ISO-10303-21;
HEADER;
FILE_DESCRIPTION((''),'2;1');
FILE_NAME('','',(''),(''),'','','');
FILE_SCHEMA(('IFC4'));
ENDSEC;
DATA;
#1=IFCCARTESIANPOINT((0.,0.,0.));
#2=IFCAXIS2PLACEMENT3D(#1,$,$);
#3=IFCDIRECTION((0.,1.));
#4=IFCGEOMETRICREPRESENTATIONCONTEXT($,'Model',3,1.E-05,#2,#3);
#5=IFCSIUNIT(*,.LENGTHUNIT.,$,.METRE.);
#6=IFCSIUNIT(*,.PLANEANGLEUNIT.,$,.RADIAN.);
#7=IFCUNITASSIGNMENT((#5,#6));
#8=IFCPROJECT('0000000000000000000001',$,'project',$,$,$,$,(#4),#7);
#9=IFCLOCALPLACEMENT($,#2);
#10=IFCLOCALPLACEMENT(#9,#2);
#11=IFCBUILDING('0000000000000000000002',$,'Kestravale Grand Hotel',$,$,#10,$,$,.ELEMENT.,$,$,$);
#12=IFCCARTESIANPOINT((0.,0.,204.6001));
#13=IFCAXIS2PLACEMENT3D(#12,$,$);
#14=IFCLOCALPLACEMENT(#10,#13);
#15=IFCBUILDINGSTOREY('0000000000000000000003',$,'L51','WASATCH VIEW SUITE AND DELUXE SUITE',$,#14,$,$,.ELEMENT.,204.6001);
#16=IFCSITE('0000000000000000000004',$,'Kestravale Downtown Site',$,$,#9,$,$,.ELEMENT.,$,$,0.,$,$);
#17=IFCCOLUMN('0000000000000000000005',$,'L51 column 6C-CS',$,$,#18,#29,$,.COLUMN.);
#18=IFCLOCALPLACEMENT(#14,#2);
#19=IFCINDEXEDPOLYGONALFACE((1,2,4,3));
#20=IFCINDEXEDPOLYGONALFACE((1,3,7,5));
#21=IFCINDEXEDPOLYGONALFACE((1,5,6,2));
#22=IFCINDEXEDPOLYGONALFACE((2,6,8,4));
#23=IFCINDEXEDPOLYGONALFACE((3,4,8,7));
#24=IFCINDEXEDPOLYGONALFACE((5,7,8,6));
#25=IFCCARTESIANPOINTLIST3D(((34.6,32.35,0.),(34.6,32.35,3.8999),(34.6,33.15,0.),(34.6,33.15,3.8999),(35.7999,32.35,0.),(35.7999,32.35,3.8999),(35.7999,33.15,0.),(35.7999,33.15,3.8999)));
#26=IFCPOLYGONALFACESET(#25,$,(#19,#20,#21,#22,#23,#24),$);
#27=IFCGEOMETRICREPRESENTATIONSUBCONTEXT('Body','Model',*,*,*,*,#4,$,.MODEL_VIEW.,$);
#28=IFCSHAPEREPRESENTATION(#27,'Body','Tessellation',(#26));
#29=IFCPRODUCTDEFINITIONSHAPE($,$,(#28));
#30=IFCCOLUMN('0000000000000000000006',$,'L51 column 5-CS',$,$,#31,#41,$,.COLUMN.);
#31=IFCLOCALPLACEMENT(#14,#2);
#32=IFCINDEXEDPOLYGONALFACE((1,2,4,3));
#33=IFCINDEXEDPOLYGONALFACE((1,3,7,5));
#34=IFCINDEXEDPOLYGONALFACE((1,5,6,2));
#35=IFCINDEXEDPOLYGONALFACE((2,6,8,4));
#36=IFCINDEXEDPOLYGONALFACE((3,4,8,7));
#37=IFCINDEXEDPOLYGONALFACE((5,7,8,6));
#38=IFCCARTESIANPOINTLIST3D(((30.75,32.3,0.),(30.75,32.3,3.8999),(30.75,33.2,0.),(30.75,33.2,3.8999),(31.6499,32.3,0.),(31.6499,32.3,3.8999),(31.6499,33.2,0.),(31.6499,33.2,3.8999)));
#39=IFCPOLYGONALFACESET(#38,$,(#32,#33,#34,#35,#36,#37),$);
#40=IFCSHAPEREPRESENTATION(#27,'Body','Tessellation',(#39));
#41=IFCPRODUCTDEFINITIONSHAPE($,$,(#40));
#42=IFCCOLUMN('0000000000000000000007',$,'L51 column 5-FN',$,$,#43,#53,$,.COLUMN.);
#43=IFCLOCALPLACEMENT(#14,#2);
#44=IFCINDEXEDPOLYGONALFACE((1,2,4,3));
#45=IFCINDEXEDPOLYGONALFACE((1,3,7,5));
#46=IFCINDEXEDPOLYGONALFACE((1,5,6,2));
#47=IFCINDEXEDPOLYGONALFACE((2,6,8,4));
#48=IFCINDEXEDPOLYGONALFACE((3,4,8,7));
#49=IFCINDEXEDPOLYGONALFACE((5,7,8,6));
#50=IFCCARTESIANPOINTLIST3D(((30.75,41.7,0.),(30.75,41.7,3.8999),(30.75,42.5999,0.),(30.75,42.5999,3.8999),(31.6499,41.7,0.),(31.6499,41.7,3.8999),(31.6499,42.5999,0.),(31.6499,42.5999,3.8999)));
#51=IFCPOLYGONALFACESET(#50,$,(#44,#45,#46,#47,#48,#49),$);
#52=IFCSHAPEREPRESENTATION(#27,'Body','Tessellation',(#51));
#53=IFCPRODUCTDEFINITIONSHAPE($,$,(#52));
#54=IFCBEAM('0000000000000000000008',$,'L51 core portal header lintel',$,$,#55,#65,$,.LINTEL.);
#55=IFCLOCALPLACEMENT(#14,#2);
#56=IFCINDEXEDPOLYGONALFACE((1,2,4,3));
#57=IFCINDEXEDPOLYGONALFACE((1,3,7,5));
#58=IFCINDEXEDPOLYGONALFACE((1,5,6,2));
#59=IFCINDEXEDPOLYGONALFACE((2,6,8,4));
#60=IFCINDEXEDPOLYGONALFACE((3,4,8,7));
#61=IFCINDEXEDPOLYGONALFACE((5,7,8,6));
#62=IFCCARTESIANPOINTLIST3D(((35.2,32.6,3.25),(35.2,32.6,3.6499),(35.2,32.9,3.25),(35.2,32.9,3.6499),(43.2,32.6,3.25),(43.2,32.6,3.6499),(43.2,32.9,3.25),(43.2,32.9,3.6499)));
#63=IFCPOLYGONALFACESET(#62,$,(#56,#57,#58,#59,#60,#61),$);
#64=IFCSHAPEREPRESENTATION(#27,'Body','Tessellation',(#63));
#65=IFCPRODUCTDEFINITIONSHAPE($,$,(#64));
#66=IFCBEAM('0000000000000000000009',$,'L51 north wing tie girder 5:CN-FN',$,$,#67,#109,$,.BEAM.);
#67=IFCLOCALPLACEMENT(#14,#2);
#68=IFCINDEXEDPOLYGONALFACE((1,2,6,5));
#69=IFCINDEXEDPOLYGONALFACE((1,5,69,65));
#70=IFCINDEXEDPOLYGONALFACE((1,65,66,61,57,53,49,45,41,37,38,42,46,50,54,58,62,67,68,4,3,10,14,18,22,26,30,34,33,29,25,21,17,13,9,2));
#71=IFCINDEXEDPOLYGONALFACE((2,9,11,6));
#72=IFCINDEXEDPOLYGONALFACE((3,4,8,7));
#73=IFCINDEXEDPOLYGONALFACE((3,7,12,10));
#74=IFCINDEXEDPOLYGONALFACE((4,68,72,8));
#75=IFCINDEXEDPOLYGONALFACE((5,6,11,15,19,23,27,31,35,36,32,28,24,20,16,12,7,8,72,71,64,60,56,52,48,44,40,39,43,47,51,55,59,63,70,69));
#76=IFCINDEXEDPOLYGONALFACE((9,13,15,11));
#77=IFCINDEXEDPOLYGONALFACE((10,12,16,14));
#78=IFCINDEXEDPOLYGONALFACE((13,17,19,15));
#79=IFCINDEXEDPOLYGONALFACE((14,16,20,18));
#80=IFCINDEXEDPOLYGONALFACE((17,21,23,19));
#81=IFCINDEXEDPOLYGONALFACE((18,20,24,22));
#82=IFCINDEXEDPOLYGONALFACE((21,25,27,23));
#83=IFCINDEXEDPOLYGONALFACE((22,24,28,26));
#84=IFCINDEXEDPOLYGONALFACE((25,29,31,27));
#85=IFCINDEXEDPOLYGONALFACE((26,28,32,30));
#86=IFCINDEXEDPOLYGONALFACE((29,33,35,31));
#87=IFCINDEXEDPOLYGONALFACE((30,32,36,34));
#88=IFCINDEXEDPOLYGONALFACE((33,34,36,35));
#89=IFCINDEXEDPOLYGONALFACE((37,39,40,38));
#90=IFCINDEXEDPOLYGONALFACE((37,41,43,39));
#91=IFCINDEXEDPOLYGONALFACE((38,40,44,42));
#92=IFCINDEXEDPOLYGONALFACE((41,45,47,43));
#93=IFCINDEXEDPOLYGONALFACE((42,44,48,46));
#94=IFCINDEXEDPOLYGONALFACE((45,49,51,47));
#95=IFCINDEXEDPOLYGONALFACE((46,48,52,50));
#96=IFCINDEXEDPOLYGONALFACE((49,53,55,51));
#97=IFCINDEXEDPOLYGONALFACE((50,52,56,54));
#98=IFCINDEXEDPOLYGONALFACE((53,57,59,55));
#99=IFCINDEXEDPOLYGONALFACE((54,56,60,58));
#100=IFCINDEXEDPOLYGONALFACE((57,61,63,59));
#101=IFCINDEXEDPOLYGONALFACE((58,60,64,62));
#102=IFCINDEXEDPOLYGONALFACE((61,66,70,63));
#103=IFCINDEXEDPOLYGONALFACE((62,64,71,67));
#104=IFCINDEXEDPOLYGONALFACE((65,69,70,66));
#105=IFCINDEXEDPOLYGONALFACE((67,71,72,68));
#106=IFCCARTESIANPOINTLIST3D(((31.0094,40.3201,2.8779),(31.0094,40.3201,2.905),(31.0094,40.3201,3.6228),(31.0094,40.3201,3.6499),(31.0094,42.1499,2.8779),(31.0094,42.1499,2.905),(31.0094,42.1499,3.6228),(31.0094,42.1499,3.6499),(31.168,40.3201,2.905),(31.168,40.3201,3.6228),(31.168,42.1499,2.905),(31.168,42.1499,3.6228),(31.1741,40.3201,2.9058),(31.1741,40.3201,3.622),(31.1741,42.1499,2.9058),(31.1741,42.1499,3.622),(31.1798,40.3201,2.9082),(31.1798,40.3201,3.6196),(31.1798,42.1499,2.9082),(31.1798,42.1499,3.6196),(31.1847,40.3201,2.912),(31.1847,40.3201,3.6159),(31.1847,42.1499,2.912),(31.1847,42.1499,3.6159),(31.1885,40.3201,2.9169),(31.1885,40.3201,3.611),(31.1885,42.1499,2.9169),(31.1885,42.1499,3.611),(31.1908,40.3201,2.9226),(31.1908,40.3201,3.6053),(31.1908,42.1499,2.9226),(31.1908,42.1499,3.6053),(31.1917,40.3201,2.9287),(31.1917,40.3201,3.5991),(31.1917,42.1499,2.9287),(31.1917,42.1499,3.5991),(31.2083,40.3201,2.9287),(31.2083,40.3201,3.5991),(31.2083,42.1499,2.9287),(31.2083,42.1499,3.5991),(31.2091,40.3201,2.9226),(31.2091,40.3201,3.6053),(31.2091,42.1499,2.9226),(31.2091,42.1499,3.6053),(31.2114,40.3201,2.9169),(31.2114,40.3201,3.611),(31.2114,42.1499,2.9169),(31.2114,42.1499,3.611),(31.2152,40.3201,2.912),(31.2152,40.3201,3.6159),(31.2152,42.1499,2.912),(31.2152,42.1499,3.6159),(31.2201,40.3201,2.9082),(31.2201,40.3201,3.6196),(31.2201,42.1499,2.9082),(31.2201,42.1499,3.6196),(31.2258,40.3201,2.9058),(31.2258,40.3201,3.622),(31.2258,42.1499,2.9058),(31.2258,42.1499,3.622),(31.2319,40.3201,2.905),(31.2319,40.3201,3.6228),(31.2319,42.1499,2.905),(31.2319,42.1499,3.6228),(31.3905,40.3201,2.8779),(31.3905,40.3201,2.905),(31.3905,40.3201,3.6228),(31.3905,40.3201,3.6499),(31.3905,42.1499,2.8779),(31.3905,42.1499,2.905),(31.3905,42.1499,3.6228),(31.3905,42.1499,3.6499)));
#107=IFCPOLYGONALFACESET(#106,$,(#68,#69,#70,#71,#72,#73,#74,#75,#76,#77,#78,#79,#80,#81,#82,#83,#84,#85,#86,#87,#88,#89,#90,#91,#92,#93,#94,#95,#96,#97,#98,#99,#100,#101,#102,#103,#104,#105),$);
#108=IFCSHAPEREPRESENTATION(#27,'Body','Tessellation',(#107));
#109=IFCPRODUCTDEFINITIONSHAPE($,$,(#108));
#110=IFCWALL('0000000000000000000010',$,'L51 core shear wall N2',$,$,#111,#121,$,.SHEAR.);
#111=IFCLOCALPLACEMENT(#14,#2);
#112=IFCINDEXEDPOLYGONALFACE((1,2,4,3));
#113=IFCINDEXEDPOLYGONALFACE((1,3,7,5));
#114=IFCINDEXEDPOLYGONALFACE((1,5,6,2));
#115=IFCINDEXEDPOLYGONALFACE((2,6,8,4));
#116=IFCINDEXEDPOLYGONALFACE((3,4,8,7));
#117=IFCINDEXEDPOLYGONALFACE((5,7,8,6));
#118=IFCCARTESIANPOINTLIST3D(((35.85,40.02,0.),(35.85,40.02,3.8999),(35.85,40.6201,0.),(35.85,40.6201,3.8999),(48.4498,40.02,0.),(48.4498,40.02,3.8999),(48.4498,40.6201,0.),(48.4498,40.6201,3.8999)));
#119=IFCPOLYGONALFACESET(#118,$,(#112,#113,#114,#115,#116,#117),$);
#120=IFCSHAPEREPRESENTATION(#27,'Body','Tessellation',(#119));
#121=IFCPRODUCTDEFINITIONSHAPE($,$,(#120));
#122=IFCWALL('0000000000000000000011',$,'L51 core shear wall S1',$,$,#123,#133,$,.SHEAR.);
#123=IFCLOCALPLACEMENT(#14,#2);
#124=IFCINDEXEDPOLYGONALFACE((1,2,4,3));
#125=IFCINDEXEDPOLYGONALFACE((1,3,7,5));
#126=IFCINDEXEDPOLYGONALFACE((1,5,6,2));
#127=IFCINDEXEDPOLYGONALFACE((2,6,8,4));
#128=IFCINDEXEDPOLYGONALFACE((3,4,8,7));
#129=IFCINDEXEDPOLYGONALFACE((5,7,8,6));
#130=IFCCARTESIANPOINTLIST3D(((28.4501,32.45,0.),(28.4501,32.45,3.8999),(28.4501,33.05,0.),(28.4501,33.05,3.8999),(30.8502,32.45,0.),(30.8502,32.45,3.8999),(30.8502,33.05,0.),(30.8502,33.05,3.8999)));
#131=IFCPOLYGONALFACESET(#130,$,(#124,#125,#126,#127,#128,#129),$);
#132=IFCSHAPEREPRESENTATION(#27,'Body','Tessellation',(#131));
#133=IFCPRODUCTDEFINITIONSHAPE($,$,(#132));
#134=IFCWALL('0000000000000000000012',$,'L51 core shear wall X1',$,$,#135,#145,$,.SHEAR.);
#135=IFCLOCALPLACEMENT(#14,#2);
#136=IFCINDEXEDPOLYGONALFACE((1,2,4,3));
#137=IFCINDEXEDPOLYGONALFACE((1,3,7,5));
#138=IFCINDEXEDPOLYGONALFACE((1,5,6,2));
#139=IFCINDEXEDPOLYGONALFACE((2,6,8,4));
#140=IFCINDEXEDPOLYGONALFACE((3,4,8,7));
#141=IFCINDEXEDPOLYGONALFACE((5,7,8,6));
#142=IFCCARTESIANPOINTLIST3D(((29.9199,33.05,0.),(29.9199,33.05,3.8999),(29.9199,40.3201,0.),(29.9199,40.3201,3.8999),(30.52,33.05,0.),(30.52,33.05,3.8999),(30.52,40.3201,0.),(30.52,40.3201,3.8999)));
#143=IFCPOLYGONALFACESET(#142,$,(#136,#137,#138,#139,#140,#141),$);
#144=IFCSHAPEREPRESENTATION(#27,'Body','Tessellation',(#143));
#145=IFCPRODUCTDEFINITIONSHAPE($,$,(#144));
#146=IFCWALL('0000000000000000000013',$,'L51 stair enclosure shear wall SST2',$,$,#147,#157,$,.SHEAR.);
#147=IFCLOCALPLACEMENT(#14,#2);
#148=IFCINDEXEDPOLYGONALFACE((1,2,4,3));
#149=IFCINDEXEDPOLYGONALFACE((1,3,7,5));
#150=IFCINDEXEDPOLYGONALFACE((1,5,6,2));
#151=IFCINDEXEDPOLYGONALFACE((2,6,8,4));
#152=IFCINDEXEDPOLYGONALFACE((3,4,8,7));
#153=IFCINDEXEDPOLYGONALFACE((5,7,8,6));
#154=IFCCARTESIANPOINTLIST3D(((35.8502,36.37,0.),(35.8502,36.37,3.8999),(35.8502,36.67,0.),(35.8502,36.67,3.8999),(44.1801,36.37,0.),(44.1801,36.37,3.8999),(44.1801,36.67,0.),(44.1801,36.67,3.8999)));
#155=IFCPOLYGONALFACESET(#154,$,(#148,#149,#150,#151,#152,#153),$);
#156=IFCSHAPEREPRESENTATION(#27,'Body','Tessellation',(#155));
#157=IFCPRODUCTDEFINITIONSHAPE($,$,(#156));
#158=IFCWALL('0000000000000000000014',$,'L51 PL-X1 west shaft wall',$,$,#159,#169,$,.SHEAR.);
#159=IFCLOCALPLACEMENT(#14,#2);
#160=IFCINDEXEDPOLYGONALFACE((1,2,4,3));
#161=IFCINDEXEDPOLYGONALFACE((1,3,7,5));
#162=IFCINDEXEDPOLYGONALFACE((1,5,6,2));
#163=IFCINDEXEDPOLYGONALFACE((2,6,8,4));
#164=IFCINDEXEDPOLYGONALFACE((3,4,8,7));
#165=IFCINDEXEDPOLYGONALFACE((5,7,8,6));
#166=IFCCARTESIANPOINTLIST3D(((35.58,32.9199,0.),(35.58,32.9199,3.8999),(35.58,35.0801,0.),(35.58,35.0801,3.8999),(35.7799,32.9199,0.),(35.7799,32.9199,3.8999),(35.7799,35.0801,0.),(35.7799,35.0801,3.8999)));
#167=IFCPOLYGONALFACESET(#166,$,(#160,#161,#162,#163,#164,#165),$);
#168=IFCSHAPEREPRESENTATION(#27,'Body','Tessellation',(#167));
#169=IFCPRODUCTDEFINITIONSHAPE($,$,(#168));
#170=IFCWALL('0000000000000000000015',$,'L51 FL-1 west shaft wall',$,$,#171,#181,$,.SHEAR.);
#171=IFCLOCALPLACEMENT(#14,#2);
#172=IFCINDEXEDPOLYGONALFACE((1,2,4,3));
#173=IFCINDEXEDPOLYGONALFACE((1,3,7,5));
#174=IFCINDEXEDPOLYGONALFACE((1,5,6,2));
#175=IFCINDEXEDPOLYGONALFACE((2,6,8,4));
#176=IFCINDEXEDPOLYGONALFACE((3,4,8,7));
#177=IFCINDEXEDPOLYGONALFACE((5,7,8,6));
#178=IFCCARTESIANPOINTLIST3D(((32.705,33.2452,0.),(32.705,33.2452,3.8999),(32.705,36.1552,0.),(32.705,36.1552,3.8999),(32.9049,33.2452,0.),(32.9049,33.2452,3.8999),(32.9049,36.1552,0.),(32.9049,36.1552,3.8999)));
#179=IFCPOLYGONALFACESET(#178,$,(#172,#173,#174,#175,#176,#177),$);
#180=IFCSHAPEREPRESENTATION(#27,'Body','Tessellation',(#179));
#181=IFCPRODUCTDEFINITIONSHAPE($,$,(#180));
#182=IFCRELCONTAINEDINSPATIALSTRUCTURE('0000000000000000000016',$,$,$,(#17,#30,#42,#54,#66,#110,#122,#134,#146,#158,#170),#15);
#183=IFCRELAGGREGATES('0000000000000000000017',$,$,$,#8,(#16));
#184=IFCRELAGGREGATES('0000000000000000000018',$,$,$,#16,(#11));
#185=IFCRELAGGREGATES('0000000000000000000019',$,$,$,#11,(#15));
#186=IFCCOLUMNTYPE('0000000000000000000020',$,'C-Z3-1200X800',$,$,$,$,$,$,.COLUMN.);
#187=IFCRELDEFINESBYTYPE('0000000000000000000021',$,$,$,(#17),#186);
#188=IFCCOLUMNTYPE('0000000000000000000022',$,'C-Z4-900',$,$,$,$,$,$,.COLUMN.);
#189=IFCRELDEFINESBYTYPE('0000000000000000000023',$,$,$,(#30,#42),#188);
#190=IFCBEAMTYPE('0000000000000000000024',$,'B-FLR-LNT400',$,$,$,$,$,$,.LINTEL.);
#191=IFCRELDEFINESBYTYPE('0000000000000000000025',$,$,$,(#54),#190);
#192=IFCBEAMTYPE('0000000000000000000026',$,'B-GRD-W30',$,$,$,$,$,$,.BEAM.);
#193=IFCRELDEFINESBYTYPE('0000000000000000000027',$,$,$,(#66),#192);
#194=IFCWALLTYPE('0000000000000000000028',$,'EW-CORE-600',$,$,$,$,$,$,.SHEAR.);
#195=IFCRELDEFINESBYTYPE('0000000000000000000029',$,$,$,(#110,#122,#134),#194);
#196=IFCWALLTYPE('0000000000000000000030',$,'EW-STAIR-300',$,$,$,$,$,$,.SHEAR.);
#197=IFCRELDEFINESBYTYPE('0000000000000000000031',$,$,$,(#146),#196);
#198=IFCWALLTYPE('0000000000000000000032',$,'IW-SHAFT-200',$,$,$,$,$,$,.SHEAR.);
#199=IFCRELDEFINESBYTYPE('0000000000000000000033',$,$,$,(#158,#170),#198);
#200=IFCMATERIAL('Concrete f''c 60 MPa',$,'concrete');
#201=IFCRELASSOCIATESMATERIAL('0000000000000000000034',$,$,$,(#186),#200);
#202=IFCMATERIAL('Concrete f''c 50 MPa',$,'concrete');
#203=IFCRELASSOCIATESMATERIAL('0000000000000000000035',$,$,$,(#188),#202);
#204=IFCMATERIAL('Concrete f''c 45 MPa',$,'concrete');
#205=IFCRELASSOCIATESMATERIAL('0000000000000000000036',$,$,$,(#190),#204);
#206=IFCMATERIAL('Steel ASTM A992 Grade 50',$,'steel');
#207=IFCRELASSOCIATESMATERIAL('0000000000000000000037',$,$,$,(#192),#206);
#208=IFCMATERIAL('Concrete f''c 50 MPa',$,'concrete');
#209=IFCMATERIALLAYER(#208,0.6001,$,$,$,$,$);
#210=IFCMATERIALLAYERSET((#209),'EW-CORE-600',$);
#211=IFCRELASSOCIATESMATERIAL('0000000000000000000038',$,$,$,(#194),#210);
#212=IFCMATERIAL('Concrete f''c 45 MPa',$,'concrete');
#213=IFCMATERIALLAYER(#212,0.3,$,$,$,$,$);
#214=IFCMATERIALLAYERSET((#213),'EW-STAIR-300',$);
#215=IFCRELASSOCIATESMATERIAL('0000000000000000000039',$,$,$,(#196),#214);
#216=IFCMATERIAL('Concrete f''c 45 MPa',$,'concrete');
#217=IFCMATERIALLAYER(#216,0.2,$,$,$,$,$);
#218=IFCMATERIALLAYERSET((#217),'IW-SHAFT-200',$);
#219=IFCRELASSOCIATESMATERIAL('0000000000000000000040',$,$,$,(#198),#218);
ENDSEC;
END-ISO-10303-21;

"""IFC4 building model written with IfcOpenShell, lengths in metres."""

from ifc_helpers import new_model, si_unit, direction, frame, frame_2d, origin, origin_2d, place, context, subcontext, project, spatial, rectangle, i_section, extrude, material, layer, layer_set, material_profile, profile_set, type_object, element, save


model = new_model("IFC4")

# Units and contexts
model_context = context("Model", 3, precision=1e-05, world=origin(), true_north=direction((0.0, 1.0)))
body_context = subcontext(model_context, "Body", "Model", "MODEL_VIEW")
ifc_project = project(units=[si_unit("LENGTHUNIT", "METRE"), si_unit("PLANEANGLEUNIT", "RADIAN")], contexts=[model_context])

# Site, building, storey
site_placement = place(None, origin())
site = spatial("IfcSite", under=ifc_project, at=site_placement, Name="Kestravale Downtown Site", CompositionType="ELEMENT", RefElevation=0.0)
building_placement = place(site_placement, origin())
building = spatial("IfcBuilding", under=site, at=building_placement, Name="Kestravale Grand Hotel", CompositionType="ELEMENT")
storey_placement = place(building_placement, frame((0.0, 0.0, 204.6001)))
storey = spatial("IfcBuildingStorey", under=building, at=storey_placement, Name="L51", Description="WASATCH VIEW SUITE AND DELUXE SUITE", CompositionType="ELEMENT", Elevation=204.6001)

# Columns
ifc_material_1 = material(Name="Concrete f'c 60 MPa", Category="concrete")
ifc_material_profile_1 = material_profile(ifc_material_1, rectangle(XDim=1.2, YDim=0.8, at=origin_2d()))
ifc_profile_set_1 = profile_set([ifc_material_profile_1], Name="Concrete f'c 60 MPa")
column_type_1 = type_object("IfcColumnType", Name="C-Z3-1200X800", PredefinedType="COLUMN", material=ifc_profile_set_1)
column_placement = place(storey_placement, frame((35.2, 32.75, 0.0), z_axis=(0.0, 0.0, 1.0), x_axis=(1.0, 0.0, 0.0)))
element("IfcColumn", 1, at=column_placement, inside=storey, type_object=column_type_1, Name="L51 column 6C-CS", PredefinedType="COLUMN", context=body_context, shape_type="SweptSolid", body=[
    extrude(rectangle(XDim=1.2, YDim=0.8, at=origin_2d()), origin(), (0.0, 0.0, 1.0), 3.8999),
])
ifc_material_2 = material(Name="Concrete f'c 50 MPa", Category="concrete")
ifc_material_profile_2 = material_profile(ifc_material_2, rectangle(XDim=0.8999, YDim=0.8999, at=origin_2d()))
ifc_profile_set_2 = profile_set([ifc_material_profile_2], Name="Concrete f'c 50 MPa")
column_type_2 = type_object("IfcColumnType", Name="C-Z4-900", PredefinedType="COLUMN", material=ifc_profile_set_2)
for number, where, z_axis, x_axis, name in (
    (2, (31.2, 32.75, 0.0), (0.0, 0.0, 1.0), (1.0, 0.0, 0.0), "L51 column 5-CS"),
    (3, (31.2, 42.1499, 0.0), (0.0, 0.0, 1.0), (1.0, 0.0, 0.0), "L51 column 5-FN"),
):
    element("IfcColumn", number, at=place(storey_placement, frame(where, z_axis=z_axis, x_axis=x_axis)), inside=storey, type_object=column_type_2, Name=name, PredefinedType="COLUMN", context=body_context, shape_type="SweptSolid", body=[
        extrude(rectangle(XDim=0.8999, YDim=0.8999, at=origin_2d()), origin(), (0.0, 0.0, 1.0), 3.8999),
    ])

# Beams
ifc_material_3 = material(Name="Concrete f'c 45 MPa", Category="concrete")
ifc_material_profile_3 = material_profile(ifc_material_3, rectangle(XDim=0.3, YDim=0.3999, at=origin_2d()))
ifc_profile_set_3 = profile_set([ifc_material_profile_3], Name="Concrete f'c 45 MPa")
beam_type_1 = type_object("IfcBeamType", Name="B-FLR-LNT400", PredefinedType="LINTEL", material=ifc_profile_set_3)
beam_1_placement = place(storey_placement, frame((35.2, 32.75, 3.45), z_axis=(1.0, 0.0, 0.0), x_axis=(0.0, 1.0, 0.0)))
element("IfcBeam", 4, at=beam_1_placement, inside=storey, type_object=beam_type_1, Name="L51 core portal header lintel", PredefinedType="LINTEL", context=body_context, shape_type="SweptSolid", body=[
    extrude(rectangle(XDim=0.3, YDim=0.3999, at=origin_2d()), origin(), (0.0, 0.0, 1.0), 8.0),
])
ifc_material_4 = material(Name="Steel ASTM A992 Grade 50", Category="steel")
ifc_material_profile_4 = material_profile(ifc_material_4, i_section(OverallWidth=0.3811, OverallDepth=0.772, WebThickness=0.0166, FlangeThickness=0.0271, FilletRadius=0.0237, at=origin_2d()))
ifc_profile_set_4 = profile_set([ifc_material_profile_4], Name="Steel ASTM A992 Grade 50")
beam_type_2 = type_object("IfcBeamType", Name="B-GRD-W30", PredefinedType="BEAM", material=ifc_profile_set_4)
beam_2_placement = place(storey_placement, frame((31.2, 40.3201, 3.2639), z_axis=(0.0, 1.0, 0.0), x_axis=(-1.0, 0.0, 0.0)))
element("IfcBeam", 5, at=beam_2_placement, inside=storey, type_object=beam_type_2, Name="L51 north wing tie girder 5:CN-FN", PredefinedType="BEAM", context=body_context, shape_type="SweptSolid", body=[
    extrude(i_section(OverallWidth=0.3811, OverallDepth=0.772, WebThickness=0.0166, FlangeThickness=0.0271, FilletRadius=0.0237, at=origin_2d()), origin(), (0.0, 0.0, 1.0), 1.8298),
])

# Walls
ifc_material_5 = material(Name="Concrete f'c 50 MPa", Category="concrete")
ifc_layer_1 = layer(ifc_material_5, 0.6001)
ifc_layer_set_1 = layer_set([ifc_layer_1], Name="EW-CORE-600")
wall_type_1 = type_object("IfcWallType", Name="EW-CORE-600", PredefinedType="SHEAR", material=ifc_layer_set_1)
wall_1_placement = place(storey_placement, frame((35.8501, 40.3201, 0.0), z_axis=(0.0, 0.0, 1.0), x_axis=(1.0, 0.0, 0.0)))
element("IfcWall", 6, at=wall_1_placement, inside=storey, type_object=wall_type_1, Name="L51 core shear wall N2", PredefinedType="SHEAR", context=body_context, shape_type="SweptSolid", body=[
    extrude(rectangle(XDim=12.5999, YDim=0.6001, at=frame_2d((6.2998, 0.0))), origin(), (0.0, 0.0, 1.0), 3.8999),
])
wall_2_placement = place(storey_placement, frame((28.45, 32.75, 0.0), z_axis=(0.0, 0.0, 1.0), x_axis=(1.0, 0.0, 0.0)))
element("IfcWall", 7, at=wall_2_placement, inside=storey, type_object=wall_type_1, Name="L51 core shear wall S1", PredefinedType="SHEAR", context=body_context, shape_type="SweptSolid", body=[
    extrude(rectangle(XDim=2.4001, YDim=0.6001, at=frame_2d((1.2002, 0.0))), origin(), (0.0, 0.0, 1.0), 3.8999),
])
wall_3_placement = place(storey_placement, frame((30.22, 33.05, 0.0), z_axis=(0.0, 0.0, 1.0), x_axis=(0.0, 1.0, 0.0)))
element("IfcWall", 8, at=wall_3_placement, inside=storey, type_object=wall_type_1, Name="L51 core shear wall X1", PredefinedType="SHEAR", context=body_context, shape_type="SweptSolid", body=[
    extrude(rectangle(XDim=7.27, YDim=0.6001, at=frame_2d((3.635, 0.0))), origin(), (0.0, 0.0, 1.0), 3.8999),
])

# Wall
ifc_material_6 = material(Name="Concrete f'c 45 MPa", Category="concrete")
ifc_layer_2 = layer(ifc_material_6, 0.3)
ifc_layer_set_2 = layer_set([ifc_layer_2], Name="EW-STAIR-300")
wall_type_2 = type_object("IfcWallType", Name="EW-STAIR-300", PredefinedType="SHEAR", material=ifc_layer_set_2)
wall_4_placement = place(storey_placement, frame((35.8501, 36.52, 0.0), z_axis=(0.0, 0.0, 1.0), x_axis=(1.0, 0.0, 0.0)))
element("IfcWall", 9, at=wall_4_placement, inside=storey, type_object=wall_type_2, Name="L51 stair enclosure shear wall SST2", PredefinedType="SHEAR", context=body_context, shape_type="SweptSolid", body=[
    extrude(rectangle(XDim=8.3298, YDim=0.3, at=frame_2d((4.165, 0.0))), origin(), (0.0, 0.0, 1.0), 3.8999),
])

# Walls
ifc_material_7 = material(Name="Concrete f'c 45 MPa", Category="concrete")
ifc_layer_3 = layer(ifc_material_7, 0.2)
ifc_layer_set_3 = layer_set([ifc_layer_3], Name="IW-SHAFT-200")
wall_type_3 = type_object("IfcWallType", Name="IW-SHAFT-200", PredefinedType="SHEAR", material=ifc_layer_set_3)
wall_5_placement = place(storey_placement, frame((35.6799, 32.9199, 0.0), z_axis=(0.0, 0.0, 1.0), x_axis=(0.0, 1.0, 0.0)))
element("IfcWall", 10, at=wall_5_placement, inside=storey, type_object=wall_type_3, Name="L51 PL-X1 west shaft wall", PredefinedType="SHEAR", context=body_context, shape_type="SweptSolid", body=[
    extrude(rectangle(XDim=2.1602, YDim=0.2, at=frame_2d((1.0801, 0.0))), origin(), (0.0, 0.0, 1.0), 3.8999),
])
for number, where, z_axis, x_axis, name in (
    (11, (32.8049, 33.2451, 0.0), (0.0, 0.0, 1.0), (0.0, 1.0, 0.0), "L51 FL-1 west shaft wall"),
):
    element("IfcWall", number, at=place(storey_placement, frame(where, z_axis=z_axis, x_axis=x_axis)), inside=storey, type_object=wall_type_3, Name=name, PredefinedType="SHEAR", context=body_context, shape_type="SweptSolid", body=[
        extrude(rectangle(XDim=2.9099, YDim=0.2, at=frame_2d((1.4551, 0.0))), origin(), (0.0, 0.0, 1.0), 3.8999),
    ])

save(model, "model.ifc")
